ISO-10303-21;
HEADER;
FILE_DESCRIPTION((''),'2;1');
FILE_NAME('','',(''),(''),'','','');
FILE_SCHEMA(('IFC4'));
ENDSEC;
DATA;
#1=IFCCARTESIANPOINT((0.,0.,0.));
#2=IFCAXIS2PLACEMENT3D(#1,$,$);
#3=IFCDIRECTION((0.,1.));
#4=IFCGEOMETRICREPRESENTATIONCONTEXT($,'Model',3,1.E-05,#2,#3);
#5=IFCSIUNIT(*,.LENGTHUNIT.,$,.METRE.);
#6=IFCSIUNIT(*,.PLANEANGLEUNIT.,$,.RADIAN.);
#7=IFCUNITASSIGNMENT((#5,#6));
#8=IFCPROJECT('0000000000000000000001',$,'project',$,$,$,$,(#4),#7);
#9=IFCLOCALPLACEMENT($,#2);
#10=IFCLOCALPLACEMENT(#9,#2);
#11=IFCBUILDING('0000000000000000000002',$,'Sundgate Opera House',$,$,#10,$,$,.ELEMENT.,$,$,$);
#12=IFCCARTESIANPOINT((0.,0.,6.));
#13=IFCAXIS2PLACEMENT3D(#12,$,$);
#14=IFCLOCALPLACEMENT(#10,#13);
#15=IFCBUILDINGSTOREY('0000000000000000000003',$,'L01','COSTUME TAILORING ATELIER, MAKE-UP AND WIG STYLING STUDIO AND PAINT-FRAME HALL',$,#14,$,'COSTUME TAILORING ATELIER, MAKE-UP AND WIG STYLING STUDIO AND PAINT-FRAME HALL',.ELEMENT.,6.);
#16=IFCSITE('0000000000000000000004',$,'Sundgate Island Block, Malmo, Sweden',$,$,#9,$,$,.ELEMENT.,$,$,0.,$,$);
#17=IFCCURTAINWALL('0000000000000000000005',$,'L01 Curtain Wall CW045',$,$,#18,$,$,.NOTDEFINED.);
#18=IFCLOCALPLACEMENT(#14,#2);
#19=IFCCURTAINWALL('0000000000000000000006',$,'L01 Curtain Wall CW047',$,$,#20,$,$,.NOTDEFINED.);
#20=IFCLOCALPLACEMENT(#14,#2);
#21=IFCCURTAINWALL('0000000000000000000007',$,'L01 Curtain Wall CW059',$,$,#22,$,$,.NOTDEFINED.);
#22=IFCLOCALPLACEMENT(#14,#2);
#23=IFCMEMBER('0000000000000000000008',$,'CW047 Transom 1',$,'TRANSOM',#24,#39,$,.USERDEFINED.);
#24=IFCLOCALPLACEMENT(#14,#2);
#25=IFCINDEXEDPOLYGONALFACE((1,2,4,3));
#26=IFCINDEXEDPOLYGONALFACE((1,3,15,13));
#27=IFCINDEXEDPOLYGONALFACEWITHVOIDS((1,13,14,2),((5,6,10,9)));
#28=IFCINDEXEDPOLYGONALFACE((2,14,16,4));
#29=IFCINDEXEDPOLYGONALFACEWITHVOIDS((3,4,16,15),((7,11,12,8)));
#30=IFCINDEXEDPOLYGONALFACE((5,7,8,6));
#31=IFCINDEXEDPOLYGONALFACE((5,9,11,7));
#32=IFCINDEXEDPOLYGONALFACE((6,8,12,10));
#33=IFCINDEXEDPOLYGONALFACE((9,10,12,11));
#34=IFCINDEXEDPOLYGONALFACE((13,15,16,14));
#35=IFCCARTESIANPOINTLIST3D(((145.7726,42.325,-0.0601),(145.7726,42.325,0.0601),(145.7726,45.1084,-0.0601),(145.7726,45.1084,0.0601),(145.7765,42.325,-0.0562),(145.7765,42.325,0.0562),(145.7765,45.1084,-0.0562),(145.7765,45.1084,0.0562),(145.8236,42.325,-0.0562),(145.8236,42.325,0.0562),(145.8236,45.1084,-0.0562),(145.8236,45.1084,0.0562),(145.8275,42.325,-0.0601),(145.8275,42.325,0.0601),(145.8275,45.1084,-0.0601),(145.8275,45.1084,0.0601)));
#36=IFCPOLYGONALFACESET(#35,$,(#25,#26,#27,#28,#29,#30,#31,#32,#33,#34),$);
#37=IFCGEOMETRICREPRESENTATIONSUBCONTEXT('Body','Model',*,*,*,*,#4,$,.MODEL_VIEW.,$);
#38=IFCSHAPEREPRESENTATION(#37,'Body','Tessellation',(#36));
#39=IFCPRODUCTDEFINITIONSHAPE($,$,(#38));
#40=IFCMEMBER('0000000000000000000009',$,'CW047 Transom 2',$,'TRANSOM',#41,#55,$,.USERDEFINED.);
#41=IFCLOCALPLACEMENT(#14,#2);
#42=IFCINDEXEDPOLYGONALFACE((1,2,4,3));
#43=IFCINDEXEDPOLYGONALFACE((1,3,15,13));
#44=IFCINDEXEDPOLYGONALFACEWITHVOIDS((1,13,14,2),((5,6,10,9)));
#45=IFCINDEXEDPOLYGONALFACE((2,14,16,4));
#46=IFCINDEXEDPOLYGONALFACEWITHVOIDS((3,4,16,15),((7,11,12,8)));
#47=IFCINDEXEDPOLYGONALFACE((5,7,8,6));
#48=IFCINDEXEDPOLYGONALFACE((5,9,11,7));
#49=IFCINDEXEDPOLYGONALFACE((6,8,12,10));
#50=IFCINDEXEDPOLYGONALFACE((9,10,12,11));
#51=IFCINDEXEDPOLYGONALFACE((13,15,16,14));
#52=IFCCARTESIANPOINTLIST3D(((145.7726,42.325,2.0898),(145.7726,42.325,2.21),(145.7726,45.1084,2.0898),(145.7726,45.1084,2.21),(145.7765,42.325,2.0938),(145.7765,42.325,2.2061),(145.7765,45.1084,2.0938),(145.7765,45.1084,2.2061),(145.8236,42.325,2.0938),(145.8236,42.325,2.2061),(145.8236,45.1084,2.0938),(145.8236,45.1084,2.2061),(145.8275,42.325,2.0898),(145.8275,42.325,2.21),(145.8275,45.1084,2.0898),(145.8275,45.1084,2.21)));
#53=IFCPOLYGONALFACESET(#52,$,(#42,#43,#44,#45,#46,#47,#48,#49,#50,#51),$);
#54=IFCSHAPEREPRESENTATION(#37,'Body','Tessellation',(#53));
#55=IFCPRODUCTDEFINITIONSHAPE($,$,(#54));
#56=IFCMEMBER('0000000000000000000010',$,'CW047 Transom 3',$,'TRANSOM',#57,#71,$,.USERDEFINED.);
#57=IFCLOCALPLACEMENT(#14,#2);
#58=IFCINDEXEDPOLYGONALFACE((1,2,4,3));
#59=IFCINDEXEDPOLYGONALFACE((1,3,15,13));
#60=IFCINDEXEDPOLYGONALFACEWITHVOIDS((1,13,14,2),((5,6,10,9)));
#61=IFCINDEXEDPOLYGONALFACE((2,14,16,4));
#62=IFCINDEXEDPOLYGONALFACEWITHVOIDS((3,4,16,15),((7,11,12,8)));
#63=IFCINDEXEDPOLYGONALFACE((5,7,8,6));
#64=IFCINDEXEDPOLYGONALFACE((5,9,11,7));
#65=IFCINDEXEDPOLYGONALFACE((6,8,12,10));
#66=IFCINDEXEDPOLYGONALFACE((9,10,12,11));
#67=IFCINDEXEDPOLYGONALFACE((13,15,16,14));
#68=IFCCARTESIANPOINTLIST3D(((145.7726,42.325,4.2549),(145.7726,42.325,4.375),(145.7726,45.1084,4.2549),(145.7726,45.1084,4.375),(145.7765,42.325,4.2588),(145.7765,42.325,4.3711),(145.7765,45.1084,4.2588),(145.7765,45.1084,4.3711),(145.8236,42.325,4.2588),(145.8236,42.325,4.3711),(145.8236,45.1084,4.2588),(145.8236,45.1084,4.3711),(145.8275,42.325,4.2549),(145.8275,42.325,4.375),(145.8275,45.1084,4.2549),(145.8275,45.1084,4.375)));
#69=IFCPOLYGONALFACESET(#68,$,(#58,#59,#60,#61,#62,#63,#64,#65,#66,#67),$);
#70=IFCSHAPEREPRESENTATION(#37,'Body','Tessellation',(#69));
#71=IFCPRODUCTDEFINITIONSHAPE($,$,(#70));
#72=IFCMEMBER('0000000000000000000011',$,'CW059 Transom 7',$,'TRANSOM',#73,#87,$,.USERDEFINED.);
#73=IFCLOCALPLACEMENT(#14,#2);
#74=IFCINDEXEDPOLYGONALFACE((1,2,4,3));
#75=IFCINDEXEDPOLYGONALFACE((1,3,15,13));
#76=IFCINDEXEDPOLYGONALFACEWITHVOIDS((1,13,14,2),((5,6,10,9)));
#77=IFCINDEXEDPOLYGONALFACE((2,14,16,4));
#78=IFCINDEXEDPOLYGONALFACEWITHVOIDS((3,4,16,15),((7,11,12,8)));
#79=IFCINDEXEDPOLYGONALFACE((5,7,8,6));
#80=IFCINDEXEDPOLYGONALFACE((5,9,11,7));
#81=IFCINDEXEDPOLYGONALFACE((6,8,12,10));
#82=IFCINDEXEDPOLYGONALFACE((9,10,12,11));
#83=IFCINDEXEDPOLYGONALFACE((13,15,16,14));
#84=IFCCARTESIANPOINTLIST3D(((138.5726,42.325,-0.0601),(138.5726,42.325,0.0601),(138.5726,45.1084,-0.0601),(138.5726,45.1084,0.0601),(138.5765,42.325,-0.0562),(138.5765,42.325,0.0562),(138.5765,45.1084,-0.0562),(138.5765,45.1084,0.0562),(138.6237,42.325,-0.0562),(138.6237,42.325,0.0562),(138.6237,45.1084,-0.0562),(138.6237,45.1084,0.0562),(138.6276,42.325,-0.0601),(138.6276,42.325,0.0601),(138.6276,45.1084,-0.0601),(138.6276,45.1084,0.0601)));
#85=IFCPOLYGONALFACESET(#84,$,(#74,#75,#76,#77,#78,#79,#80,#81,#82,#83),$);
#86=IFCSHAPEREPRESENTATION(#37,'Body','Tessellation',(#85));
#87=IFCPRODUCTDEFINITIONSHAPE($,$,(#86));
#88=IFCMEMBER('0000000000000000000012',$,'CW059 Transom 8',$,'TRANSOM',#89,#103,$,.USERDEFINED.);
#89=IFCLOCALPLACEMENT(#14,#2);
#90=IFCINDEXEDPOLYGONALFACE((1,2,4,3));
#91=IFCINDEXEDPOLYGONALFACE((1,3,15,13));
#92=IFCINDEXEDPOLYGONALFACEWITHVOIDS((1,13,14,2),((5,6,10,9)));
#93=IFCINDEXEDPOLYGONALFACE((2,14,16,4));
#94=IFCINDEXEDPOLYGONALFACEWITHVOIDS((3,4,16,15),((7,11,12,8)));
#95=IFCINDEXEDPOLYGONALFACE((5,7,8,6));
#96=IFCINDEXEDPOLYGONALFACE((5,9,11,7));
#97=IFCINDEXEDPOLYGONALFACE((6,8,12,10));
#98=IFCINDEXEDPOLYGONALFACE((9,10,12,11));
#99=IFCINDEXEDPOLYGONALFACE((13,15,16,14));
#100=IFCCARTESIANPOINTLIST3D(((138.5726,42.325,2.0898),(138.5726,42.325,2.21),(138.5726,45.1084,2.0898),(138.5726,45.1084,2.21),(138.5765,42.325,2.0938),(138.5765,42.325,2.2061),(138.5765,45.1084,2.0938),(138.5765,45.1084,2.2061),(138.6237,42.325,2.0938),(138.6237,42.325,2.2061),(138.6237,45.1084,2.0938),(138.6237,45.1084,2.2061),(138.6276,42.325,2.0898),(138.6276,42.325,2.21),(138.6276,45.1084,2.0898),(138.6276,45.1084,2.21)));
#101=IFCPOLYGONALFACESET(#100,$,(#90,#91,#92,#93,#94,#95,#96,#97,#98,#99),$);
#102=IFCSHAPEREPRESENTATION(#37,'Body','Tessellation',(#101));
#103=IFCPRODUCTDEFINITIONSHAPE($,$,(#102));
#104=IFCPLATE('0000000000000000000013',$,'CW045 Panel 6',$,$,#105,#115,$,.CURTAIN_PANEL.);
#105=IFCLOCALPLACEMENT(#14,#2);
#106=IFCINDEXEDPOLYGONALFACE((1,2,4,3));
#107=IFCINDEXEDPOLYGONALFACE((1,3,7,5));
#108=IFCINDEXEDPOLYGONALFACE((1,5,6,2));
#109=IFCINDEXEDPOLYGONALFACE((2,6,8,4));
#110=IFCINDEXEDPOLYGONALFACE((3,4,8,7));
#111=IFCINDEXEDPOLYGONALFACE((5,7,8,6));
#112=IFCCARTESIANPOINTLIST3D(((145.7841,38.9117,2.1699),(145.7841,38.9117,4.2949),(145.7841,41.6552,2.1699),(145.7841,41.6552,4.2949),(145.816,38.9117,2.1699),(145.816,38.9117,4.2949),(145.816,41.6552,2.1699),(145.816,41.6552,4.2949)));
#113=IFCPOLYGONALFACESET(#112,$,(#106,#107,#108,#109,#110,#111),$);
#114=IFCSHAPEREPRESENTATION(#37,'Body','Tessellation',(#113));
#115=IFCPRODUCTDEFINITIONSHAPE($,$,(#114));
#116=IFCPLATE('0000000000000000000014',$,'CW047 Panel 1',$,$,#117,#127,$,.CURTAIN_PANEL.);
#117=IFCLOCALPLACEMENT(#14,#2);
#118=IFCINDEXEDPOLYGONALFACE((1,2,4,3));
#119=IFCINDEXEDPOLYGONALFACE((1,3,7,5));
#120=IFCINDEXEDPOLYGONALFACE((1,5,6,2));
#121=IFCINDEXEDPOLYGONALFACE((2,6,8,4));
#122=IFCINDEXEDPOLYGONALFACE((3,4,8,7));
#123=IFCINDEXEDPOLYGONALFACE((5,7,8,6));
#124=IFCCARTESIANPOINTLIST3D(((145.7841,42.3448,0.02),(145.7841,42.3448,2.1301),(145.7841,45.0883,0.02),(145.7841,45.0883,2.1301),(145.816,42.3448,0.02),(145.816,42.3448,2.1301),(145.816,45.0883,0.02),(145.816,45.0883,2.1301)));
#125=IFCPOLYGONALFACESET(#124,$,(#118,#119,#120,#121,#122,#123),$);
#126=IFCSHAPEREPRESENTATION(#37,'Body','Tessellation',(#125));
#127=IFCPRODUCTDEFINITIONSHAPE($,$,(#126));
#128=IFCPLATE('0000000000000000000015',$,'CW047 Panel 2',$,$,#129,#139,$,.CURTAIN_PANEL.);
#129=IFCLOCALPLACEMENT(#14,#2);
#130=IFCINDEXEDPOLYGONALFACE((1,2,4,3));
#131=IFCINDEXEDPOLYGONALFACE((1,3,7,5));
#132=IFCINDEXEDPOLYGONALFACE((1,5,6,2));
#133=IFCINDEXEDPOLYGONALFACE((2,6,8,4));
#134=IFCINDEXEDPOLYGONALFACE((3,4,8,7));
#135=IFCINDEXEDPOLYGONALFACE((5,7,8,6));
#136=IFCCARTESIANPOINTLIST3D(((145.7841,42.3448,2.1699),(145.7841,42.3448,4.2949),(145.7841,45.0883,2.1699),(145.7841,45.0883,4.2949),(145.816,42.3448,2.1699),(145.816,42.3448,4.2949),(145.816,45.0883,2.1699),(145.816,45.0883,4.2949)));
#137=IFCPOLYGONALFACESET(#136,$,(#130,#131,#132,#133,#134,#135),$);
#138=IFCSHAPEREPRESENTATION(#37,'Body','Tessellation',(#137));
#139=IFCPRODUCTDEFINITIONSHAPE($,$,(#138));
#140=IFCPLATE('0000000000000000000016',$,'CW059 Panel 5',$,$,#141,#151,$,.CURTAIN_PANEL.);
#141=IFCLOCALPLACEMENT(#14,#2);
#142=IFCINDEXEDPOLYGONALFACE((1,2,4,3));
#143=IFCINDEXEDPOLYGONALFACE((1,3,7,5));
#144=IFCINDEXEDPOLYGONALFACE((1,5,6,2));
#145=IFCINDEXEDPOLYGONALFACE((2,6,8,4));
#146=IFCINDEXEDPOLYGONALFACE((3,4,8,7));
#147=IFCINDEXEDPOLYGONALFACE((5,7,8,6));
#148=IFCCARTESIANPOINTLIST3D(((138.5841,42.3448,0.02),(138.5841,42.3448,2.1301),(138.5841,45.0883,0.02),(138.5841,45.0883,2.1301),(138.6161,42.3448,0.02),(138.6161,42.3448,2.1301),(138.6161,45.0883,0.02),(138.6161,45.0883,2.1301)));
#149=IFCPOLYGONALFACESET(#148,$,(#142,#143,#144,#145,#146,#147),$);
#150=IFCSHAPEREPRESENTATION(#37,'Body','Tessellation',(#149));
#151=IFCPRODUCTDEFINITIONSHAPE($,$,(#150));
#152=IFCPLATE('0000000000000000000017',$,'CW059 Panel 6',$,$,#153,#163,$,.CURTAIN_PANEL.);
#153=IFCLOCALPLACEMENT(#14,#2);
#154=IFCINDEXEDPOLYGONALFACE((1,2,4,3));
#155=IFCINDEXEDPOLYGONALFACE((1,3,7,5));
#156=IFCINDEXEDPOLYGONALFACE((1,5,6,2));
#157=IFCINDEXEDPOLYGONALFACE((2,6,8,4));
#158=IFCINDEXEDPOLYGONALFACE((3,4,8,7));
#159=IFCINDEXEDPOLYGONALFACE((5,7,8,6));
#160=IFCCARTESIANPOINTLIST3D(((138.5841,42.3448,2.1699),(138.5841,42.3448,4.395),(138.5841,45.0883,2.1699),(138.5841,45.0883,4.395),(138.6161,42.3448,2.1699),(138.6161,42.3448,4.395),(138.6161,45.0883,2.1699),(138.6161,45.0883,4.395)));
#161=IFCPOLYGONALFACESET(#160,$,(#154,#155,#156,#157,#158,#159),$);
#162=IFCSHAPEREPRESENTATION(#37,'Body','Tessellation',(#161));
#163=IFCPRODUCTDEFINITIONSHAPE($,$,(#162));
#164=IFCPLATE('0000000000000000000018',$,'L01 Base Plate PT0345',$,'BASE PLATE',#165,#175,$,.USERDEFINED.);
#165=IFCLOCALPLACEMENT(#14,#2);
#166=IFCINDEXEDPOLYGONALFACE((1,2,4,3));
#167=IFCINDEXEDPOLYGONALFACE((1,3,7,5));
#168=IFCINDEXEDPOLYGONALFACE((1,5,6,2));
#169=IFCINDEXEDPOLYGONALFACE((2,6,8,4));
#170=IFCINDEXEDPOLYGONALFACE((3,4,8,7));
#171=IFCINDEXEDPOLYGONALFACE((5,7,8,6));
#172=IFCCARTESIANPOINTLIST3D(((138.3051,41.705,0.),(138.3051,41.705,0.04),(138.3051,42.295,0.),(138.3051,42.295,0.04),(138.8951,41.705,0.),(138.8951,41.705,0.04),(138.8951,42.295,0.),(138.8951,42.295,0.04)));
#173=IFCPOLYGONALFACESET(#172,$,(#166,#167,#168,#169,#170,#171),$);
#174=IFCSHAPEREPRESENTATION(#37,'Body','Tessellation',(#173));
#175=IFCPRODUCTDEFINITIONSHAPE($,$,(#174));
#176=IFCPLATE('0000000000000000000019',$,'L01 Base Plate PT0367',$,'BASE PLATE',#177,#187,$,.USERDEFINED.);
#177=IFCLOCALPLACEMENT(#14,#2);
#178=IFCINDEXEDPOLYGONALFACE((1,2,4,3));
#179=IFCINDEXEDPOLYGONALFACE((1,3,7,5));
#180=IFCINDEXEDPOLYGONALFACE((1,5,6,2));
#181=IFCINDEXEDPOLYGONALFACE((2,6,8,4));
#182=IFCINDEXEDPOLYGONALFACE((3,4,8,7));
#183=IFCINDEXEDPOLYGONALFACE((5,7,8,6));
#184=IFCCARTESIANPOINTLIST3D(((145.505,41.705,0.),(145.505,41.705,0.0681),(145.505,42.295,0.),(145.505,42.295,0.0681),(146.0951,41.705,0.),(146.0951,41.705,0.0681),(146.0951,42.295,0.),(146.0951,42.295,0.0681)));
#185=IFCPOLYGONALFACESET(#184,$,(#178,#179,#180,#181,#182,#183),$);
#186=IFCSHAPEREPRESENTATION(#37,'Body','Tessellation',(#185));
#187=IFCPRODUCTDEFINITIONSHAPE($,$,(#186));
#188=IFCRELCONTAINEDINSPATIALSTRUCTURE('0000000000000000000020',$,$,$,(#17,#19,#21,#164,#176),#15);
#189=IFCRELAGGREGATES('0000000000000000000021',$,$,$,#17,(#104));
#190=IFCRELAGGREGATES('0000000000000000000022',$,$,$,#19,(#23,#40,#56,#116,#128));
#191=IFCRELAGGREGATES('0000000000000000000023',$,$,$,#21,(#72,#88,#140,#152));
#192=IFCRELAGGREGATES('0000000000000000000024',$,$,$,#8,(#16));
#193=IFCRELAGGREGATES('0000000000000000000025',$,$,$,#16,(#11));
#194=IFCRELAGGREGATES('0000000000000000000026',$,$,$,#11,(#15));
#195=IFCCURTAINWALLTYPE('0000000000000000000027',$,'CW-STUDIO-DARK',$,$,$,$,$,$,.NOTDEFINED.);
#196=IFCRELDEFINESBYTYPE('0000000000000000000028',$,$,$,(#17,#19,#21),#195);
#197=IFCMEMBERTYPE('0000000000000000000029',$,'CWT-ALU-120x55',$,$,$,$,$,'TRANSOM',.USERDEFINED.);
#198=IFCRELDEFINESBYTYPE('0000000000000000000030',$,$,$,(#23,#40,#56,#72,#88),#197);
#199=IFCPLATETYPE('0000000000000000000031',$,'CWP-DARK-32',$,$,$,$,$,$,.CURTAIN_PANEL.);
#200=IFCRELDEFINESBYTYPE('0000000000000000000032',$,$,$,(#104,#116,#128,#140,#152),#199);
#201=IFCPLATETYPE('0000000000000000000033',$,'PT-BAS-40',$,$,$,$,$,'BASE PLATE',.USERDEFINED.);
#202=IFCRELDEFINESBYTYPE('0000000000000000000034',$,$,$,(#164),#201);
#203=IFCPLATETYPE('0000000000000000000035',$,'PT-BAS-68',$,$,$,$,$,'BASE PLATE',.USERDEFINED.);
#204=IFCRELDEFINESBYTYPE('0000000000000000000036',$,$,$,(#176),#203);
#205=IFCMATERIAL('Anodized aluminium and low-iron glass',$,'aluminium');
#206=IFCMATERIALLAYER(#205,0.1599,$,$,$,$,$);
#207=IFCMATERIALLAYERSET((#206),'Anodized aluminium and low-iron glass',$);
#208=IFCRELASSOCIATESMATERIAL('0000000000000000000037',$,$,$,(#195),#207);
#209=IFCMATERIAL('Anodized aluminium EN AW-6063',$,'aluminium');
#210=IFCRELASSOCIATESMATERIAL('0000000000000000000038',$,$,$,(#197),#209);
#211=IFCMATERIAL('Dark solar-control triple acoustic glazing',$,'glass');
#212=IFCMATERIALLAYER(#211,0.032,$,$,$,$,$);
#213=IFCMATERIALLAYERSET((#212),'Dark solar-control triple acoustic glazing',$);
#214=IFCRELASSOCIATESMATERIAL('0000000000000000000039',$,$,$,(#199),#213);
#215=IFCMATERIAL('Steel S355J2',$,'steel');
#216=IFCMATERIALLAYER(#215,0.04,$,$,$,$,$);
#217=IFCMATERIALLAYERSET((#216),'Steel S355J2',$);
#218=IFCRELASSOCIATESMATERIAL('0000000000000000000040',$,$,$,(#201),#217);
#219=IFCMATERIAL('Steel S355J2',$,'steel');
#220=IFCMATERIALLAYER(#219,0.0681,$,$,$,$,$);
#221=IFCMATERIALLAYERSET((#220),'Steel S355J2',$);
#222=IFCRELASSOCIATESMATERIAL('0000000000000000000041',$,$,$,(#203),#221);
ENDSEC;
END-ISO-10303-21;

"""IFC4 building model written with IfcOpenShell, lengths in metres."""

from ifc_helpers import new_model, si_unit, direction, frame, origin, origin_2d, place, context, subcontext, project, spatial, rectangle, hollow_rectangle, extrude, material, layer, layer_set, material_profile, profile_set, type_object, element, aggregate, save


model = new_model("IFC4")

# Units and contexts
model_context = context("Model", 3, precision=1e-05, world=origin(), true_north=direction((0.0, 1.0)))
body_context = subcontext(model_context, "Body", "Model", "MODEL_VIEW")
ifc_project = project(units=[si_unit("LENGTHUNIT", "METRE"), si_unit("PLANEANGLEUNIT", "RADIAN")], contexts=[model_context])

# Site, building, storey
site_placement = place(None, origin())
site = spatial("IfcSite", under=ifc_project, at=site_placement, Name="Sundgate Island Block, Malmo, Sweden", CompositionType="ELEMENT", RefElevation=0.0)
building_placement = place(site_placement, origin())
building = spatial("IfcBuilding", under=site, at=building_placement, Name="Sundgate Opera House", CompositionType="ELEMENT")
storey_placement = place(building_placement, frame((0.0, 0.0, 6.0)))
storey = spatial("IfcBuildingStorey", under=building, at=storey_placement, Name="L01", Description="COSTUME TAILORING ATELIER, MAKE-UP AND WIG STYLING STUDIO AND PAINT-FRAME HALL", LongName="COSTUME TAILORING ATELIER, MAKE-UP AND WIG STYLING STUDIO AND PAINT-FRAME HALL", CompositionType="ELEMENT", Elevation=6.0)

# Curtain walls
ifc_material_1 = material(Name="Anodized aluminium and low-iron glass", Category="aluminium")
ifc_layer_1 = layer(ifc_material_1, 0.1599)
ifc_layer_set_1 = layer_set([ifc_layer_1], Name="Anodized aluminium and low-iron glass")
curtain_wall_type = type_object("IfcCurtainWallType", Name="CW-STUDIO-DARK", PredefinedType="NOTDEFINED", material=ifc_layer_set_1)
curtain_wall_1_placement = place(storey_placement, origin())
curtain_wall_1 = element("IfcCurtainWall", 1, at=curtain_wall_1_placement, inside=storey, type_object=curtain_wall_type, Name="L01 Curtain Wall CW045", PredefinedType="NOTDEFINED")
curtain_wall_2_placement = place(storey_placement, origin())
curtain_wall_2 = element("IfcCurtainWall", 2, at=curtain_wall_2_placement, inside=storey, type_object=curtain_wall_type, Name="L01 Curtain Wall CW047", PredefinedType="NOTDEFINED")

# Curtain wall
curtain_wall_3_placement = place(storey_placement, origin())
curtain_wall_3 = element("IfcCurtainWall", 3, at=curtain_wall_3_placement, inside=storey, type_object=curtain_wall_type, Name="L01 Curtain Wall CW059", PredefinedType="NOTDEFINED")

# Members
ifc_material_2 = material(Name="Anodized aluminium EN AW-6063", Category="aluminium")
ifc_material_profile_1 = material_profile(ifc_material_2, hollow_rectangle(XDim=0.0549, YDim=0.1201, WallThickness=0.0039, at=origin_2d()), Name="CWT 120x55x4")
ifc_profile_set_1 = profile_set([ifc_material_profile_1], Name="Anodized aluminium EN AW-6063")
member_type_1 = type_object("IfcMemberType", Name="CWT-ALU-120x55", ElementType="TRANSOM", PredefinedType="USERDEFINED", material=ifc_profile_set_1)
member_1_placement = place(storey_placement, frame((145.8, 42.325, 0.0), z_axis=(0.0, 1.0, 0.0), x_axis=(-1.0, 0.0, 0.0)))
member_1 = element("IfcMember", 4, at=member_1_placement, type_object=member_type_1, Name="CW047 Transom 1", ObjectType="TRANSOM", PredefinedType="USERDEFINED", context=body_context, shape_type="SweptSolid", body=[
    extrude(hollow_rectangle(XDim=0.0549, YDim=0.1201, WallThickness=0.0039, at=origin_2d()), origin(), (0.0, 0.0, 1.0), 2.7834),
])
member_2_placement = place(storey_placement, frame((145.8, 42.325, 2.1499), z_axis=(0.0, 1.0, 0.0), x_axis=(-1.0, 0.0, 0.0)))
member_2 = element("IfcMember", 5, at=member_2_placement, type_object=member_type_1, Name="CW047 Transom 2", ObjectType="TRANSOM", PredefinedType="USERDEFINED", context=body_context, shape_type="SweptSolid", body=[
    extrude(hollow_rectangle(XDim=0.0549, YDim=0.1201, WallThickness=0.0039, at=origin_2d()), origin(), (0.0, 0.0, 1.0), 2.7834),
])
member_3_placement = place(storey_placement, frame((145.8, 42.325, 4.3149), z_axis=(0.0, 1.0, 0.0), x_axis=(-1.0, 0.0, 0.0)))
member_3 = element("IfcMember", 6, at=member_3_placement, type_object=member_type_1, Name="CW047 Transom 3", ObjectType="TRANSOM", PredefinedType="USERDEFINED", context=body_context, shape_type="SweptSolid", body=[
    extrude(hollow_rectangle(XDim=0.0549, YDim=0.1201, WallThickness=0.0039, at=origin_2d()), origin(), (0.0, 0.0, 1.0), 2.7834),
])
member_4_placement = place(storey_placement, frame((138.6001, 45.1084, 0.0), z_axis=(0.0, -1.0, 0.0), x_axis=(1.0, 0.0, 0.0)))
member_4 = element("IfcMember", 7, at=member_4_placement, type_object=member_type_1, Name="CW059 Transom 7", ObjectType="TRANSOM", PredefinedType="USERDEFINED", context=body_context, shape_type="SweptSolid", body=[
    extrude(hollow_rectangle(XDim=0.0549, YDim=0.1201, WallThickness=0.0039, at=origin_2d()), origin(), (0.0, 0.0, 1.0), 2.7834),
])
member_5_placement = place(storey_placement, frame((138.6001, 45.1084, 2.1499), z_axis=(0.0, -1.0, 0.0), x_axis=(1.0, 0.0, 0.0)))
member_5 = element("IfcMember", 8, at=member_5_placement, type_object=member_type_1, Name="CW059 Transom 8", ObjectType="TRANSOM", PredefinedType="USERDEFINED", context=body_context, shape_type="SweptSolid", body=[
    extrude(hollow_rectangle(XDim=0.0549, YDim=0.1201, WallThickness=0.0039, at=origin_2d()), origin(), (0.0, 0.0, 1.0), 2.7834),
])

# Plates
ifc_material_3 = material(Name="Dark solar-control triple acoustic glazing", Category="glass")
ifc_layer_2 = layer(ifc_material_3, 0.032)
ifc_layer_set_2 = layer_set([ifc_layer_2], Name="Dark solar-control triple acoustic glazing")
plate_type_1 = type_object("IfcPlateType", Name="CWP-DARK-32", PredefinedType="CURTAIN_PANEL", material=ifc_layer_set_2)
plate_1_placement = place(storey_placement, frame((145.8, 40.2834, 2.1699), z_axis=(0.0, 0.0, 1.0), x_axis=(0.0, 1.0, 0.0)))
plate_1 = element("IfcPlate", 9, at=plate_1_placement, type_object=plate_type_1, Name="CW045 Panel 6", PredefinedType="CURTAIN_PANEL", context=body_context, shape_type="SweptSolid", body=[
    extrude(rectangle(XDim=2.7434, YDim=0.032, at=origin_2d()), origin(), (0.0, 0.0, 1.0), 2.125),
])
aggregate(curtain_wall_1, [plate_1])
plate_2_placement = place(storey_placement, frame((145.8, 43.7166, 0.02), z_axis=(0.0, 0.0, 1.0), x_axis=(0.0, 1.0, 0.0)))
plate_2 = element("IfcPlate", 10, at=plate_2_placement, type_object=plate_type_1, Name="CW047 Panel 1", PredefinedType="CURTAIN_PANEL", context=body_context, shape_type="SweptSolid", body=[
    extrude(rectangle(XDim=2.7434, YDim=0.032, at=origin_2d()), origin(), (0.0, 0.0, 1.0), 2.1101),
])
plate_3_placement = place(storey_placement, frame((145.8, 43.7166, 2.1699), z_axis=(0.0, 0.0, 1.0), x_axis=(0.0, 1.0, 0.0)))
plate_3 = element("IfcPlate", 11, at=plate_3_placement, type_object=plate_type_1, Name="CW047 Panel 2", PredefinedType="CURTAIN_PANEL", context=body_context, shape_type="SweptSolid", body=[
    extrude(rectangle(XDim=2.7434, YDim=0.032, at=origin_2d()), origin(), (0.0, 0.0, 1.0), 2.125),
])
aggregate(curtain_wall_2, [member_1, member_2, member_3, plate_2, plate_3])
plate_4_placement = place(storey_placement, frame((138.6001, 43.7166, 0.02), z_axis=(0.0, 0.0, 1.0), x_axis=(0.0, -1.0, 0.0)))
plate_4 = element("IfcPlate", 12, at=plate_4_placement, type_object=plate_type_1, Name="CW059 Panel 5", PredefinedType="CURTAIN_PANEL", context=body_context, shape_type="SweptSolid", body=[
    extrude(rectangle(XDim=2.7434, YDim=0.032, at=origin_2d()), origin(), (0.0, 0.0, 1.0), 2.1101),
])
plate_5_placement = place(storey_placement, frame((138.6001, 43.7166, 2.1699), z_axis=(0.0, 0.0, 1.0), x_axis=(0.0, -1.0, 0.0)))
plate_5 = element("IfcPlate", 13, at=plate_5_placement, type_object=plate_type_1, Name="CW059 Panel 6", PredefinedType="CURTAIN_PANEL", context=body_context, shape_type="SweptSolid", body=[
    extrude(rectangle(XDim=2.7434, YDim=0.032, at=origin_2d()), origin(), (0.0, 0.0, 1.0), 2.2251),
])
aggregate(curtain_wall_3, [member_4, member_5, plate_4, plate_5])

# Plates
ifc_material_4 = material(Name="Steel S355J2", Category="steel")
ifc_layer_3 = layer(ifc_material_4, 0.04)
ifc_layer_set_3 = layer_set([ifc_layer_3], Name="Steel S355J2")
plate_type_2 = type_object("IfcPlateType", Name="PT-BAS-40", ElementType="BASE PLATE", PredefinedType="USERDEFINED", material=ifc_layer_set_3)
plate_6_placement = place(storey_placement, frame((138.6001, 42.0, 0.0), z_axis=(0.0, 0.0, 1.0), x_axis=(1.0, 0.0, 0.0)))
element("IfcPlate", 14, at=plate_6_placement, inside=storey, type_object=plate_type_2, Name="L01 Base Plate PT0345", ObjectType="BASE PLATE", PredefinedType="USERDEFINED", context=body_context, shape_type="SweptSolid", body=[
    extrude(rectangle(XDim=0.5901, YDim=0.5901, at=origin_2d()), origin(), (0.0, 0.0, 1.0), 0.04),
])
ifc_material_5 = material(Name="Steel S355J2", Category="steel")
ifc_layer_4 = layer(ifc_material_5, 0.0681)
ifc_layer_set_4 = layer_set([ifc_layer_4], Name="Steel S355J2")
plate_type_3 = type_object("IfcPlateType", Name="PT-BAS-68", ElementType="BASE PLATE", PredefinedType="USERDEFINED", material=ifc_layer_set_4)
plate_7_placement = place(storey_placement, frame((145.8, 42.0, 0.0), z_axis=(0.0, 0.0, 1.0), x_axis=(1.0, 0.0, 0.0)))
element("IfcPlate", 15, at=plate_7_placement, inside=storey, type_object=plate_type_3, Name="L01 Base Plate PT0367", ObjectType="BASE PLATE", PredefinedType="USERDEFINED", context=body_context, shape_type="SweptSolid", body=[
    extrude(rectangle(XDim=0.5901, YDim=0.5901, at=origin_2d()), origin(), (0.0, 0.0, 1.0), 0.0681),
])

save(model, "model.ifc")
